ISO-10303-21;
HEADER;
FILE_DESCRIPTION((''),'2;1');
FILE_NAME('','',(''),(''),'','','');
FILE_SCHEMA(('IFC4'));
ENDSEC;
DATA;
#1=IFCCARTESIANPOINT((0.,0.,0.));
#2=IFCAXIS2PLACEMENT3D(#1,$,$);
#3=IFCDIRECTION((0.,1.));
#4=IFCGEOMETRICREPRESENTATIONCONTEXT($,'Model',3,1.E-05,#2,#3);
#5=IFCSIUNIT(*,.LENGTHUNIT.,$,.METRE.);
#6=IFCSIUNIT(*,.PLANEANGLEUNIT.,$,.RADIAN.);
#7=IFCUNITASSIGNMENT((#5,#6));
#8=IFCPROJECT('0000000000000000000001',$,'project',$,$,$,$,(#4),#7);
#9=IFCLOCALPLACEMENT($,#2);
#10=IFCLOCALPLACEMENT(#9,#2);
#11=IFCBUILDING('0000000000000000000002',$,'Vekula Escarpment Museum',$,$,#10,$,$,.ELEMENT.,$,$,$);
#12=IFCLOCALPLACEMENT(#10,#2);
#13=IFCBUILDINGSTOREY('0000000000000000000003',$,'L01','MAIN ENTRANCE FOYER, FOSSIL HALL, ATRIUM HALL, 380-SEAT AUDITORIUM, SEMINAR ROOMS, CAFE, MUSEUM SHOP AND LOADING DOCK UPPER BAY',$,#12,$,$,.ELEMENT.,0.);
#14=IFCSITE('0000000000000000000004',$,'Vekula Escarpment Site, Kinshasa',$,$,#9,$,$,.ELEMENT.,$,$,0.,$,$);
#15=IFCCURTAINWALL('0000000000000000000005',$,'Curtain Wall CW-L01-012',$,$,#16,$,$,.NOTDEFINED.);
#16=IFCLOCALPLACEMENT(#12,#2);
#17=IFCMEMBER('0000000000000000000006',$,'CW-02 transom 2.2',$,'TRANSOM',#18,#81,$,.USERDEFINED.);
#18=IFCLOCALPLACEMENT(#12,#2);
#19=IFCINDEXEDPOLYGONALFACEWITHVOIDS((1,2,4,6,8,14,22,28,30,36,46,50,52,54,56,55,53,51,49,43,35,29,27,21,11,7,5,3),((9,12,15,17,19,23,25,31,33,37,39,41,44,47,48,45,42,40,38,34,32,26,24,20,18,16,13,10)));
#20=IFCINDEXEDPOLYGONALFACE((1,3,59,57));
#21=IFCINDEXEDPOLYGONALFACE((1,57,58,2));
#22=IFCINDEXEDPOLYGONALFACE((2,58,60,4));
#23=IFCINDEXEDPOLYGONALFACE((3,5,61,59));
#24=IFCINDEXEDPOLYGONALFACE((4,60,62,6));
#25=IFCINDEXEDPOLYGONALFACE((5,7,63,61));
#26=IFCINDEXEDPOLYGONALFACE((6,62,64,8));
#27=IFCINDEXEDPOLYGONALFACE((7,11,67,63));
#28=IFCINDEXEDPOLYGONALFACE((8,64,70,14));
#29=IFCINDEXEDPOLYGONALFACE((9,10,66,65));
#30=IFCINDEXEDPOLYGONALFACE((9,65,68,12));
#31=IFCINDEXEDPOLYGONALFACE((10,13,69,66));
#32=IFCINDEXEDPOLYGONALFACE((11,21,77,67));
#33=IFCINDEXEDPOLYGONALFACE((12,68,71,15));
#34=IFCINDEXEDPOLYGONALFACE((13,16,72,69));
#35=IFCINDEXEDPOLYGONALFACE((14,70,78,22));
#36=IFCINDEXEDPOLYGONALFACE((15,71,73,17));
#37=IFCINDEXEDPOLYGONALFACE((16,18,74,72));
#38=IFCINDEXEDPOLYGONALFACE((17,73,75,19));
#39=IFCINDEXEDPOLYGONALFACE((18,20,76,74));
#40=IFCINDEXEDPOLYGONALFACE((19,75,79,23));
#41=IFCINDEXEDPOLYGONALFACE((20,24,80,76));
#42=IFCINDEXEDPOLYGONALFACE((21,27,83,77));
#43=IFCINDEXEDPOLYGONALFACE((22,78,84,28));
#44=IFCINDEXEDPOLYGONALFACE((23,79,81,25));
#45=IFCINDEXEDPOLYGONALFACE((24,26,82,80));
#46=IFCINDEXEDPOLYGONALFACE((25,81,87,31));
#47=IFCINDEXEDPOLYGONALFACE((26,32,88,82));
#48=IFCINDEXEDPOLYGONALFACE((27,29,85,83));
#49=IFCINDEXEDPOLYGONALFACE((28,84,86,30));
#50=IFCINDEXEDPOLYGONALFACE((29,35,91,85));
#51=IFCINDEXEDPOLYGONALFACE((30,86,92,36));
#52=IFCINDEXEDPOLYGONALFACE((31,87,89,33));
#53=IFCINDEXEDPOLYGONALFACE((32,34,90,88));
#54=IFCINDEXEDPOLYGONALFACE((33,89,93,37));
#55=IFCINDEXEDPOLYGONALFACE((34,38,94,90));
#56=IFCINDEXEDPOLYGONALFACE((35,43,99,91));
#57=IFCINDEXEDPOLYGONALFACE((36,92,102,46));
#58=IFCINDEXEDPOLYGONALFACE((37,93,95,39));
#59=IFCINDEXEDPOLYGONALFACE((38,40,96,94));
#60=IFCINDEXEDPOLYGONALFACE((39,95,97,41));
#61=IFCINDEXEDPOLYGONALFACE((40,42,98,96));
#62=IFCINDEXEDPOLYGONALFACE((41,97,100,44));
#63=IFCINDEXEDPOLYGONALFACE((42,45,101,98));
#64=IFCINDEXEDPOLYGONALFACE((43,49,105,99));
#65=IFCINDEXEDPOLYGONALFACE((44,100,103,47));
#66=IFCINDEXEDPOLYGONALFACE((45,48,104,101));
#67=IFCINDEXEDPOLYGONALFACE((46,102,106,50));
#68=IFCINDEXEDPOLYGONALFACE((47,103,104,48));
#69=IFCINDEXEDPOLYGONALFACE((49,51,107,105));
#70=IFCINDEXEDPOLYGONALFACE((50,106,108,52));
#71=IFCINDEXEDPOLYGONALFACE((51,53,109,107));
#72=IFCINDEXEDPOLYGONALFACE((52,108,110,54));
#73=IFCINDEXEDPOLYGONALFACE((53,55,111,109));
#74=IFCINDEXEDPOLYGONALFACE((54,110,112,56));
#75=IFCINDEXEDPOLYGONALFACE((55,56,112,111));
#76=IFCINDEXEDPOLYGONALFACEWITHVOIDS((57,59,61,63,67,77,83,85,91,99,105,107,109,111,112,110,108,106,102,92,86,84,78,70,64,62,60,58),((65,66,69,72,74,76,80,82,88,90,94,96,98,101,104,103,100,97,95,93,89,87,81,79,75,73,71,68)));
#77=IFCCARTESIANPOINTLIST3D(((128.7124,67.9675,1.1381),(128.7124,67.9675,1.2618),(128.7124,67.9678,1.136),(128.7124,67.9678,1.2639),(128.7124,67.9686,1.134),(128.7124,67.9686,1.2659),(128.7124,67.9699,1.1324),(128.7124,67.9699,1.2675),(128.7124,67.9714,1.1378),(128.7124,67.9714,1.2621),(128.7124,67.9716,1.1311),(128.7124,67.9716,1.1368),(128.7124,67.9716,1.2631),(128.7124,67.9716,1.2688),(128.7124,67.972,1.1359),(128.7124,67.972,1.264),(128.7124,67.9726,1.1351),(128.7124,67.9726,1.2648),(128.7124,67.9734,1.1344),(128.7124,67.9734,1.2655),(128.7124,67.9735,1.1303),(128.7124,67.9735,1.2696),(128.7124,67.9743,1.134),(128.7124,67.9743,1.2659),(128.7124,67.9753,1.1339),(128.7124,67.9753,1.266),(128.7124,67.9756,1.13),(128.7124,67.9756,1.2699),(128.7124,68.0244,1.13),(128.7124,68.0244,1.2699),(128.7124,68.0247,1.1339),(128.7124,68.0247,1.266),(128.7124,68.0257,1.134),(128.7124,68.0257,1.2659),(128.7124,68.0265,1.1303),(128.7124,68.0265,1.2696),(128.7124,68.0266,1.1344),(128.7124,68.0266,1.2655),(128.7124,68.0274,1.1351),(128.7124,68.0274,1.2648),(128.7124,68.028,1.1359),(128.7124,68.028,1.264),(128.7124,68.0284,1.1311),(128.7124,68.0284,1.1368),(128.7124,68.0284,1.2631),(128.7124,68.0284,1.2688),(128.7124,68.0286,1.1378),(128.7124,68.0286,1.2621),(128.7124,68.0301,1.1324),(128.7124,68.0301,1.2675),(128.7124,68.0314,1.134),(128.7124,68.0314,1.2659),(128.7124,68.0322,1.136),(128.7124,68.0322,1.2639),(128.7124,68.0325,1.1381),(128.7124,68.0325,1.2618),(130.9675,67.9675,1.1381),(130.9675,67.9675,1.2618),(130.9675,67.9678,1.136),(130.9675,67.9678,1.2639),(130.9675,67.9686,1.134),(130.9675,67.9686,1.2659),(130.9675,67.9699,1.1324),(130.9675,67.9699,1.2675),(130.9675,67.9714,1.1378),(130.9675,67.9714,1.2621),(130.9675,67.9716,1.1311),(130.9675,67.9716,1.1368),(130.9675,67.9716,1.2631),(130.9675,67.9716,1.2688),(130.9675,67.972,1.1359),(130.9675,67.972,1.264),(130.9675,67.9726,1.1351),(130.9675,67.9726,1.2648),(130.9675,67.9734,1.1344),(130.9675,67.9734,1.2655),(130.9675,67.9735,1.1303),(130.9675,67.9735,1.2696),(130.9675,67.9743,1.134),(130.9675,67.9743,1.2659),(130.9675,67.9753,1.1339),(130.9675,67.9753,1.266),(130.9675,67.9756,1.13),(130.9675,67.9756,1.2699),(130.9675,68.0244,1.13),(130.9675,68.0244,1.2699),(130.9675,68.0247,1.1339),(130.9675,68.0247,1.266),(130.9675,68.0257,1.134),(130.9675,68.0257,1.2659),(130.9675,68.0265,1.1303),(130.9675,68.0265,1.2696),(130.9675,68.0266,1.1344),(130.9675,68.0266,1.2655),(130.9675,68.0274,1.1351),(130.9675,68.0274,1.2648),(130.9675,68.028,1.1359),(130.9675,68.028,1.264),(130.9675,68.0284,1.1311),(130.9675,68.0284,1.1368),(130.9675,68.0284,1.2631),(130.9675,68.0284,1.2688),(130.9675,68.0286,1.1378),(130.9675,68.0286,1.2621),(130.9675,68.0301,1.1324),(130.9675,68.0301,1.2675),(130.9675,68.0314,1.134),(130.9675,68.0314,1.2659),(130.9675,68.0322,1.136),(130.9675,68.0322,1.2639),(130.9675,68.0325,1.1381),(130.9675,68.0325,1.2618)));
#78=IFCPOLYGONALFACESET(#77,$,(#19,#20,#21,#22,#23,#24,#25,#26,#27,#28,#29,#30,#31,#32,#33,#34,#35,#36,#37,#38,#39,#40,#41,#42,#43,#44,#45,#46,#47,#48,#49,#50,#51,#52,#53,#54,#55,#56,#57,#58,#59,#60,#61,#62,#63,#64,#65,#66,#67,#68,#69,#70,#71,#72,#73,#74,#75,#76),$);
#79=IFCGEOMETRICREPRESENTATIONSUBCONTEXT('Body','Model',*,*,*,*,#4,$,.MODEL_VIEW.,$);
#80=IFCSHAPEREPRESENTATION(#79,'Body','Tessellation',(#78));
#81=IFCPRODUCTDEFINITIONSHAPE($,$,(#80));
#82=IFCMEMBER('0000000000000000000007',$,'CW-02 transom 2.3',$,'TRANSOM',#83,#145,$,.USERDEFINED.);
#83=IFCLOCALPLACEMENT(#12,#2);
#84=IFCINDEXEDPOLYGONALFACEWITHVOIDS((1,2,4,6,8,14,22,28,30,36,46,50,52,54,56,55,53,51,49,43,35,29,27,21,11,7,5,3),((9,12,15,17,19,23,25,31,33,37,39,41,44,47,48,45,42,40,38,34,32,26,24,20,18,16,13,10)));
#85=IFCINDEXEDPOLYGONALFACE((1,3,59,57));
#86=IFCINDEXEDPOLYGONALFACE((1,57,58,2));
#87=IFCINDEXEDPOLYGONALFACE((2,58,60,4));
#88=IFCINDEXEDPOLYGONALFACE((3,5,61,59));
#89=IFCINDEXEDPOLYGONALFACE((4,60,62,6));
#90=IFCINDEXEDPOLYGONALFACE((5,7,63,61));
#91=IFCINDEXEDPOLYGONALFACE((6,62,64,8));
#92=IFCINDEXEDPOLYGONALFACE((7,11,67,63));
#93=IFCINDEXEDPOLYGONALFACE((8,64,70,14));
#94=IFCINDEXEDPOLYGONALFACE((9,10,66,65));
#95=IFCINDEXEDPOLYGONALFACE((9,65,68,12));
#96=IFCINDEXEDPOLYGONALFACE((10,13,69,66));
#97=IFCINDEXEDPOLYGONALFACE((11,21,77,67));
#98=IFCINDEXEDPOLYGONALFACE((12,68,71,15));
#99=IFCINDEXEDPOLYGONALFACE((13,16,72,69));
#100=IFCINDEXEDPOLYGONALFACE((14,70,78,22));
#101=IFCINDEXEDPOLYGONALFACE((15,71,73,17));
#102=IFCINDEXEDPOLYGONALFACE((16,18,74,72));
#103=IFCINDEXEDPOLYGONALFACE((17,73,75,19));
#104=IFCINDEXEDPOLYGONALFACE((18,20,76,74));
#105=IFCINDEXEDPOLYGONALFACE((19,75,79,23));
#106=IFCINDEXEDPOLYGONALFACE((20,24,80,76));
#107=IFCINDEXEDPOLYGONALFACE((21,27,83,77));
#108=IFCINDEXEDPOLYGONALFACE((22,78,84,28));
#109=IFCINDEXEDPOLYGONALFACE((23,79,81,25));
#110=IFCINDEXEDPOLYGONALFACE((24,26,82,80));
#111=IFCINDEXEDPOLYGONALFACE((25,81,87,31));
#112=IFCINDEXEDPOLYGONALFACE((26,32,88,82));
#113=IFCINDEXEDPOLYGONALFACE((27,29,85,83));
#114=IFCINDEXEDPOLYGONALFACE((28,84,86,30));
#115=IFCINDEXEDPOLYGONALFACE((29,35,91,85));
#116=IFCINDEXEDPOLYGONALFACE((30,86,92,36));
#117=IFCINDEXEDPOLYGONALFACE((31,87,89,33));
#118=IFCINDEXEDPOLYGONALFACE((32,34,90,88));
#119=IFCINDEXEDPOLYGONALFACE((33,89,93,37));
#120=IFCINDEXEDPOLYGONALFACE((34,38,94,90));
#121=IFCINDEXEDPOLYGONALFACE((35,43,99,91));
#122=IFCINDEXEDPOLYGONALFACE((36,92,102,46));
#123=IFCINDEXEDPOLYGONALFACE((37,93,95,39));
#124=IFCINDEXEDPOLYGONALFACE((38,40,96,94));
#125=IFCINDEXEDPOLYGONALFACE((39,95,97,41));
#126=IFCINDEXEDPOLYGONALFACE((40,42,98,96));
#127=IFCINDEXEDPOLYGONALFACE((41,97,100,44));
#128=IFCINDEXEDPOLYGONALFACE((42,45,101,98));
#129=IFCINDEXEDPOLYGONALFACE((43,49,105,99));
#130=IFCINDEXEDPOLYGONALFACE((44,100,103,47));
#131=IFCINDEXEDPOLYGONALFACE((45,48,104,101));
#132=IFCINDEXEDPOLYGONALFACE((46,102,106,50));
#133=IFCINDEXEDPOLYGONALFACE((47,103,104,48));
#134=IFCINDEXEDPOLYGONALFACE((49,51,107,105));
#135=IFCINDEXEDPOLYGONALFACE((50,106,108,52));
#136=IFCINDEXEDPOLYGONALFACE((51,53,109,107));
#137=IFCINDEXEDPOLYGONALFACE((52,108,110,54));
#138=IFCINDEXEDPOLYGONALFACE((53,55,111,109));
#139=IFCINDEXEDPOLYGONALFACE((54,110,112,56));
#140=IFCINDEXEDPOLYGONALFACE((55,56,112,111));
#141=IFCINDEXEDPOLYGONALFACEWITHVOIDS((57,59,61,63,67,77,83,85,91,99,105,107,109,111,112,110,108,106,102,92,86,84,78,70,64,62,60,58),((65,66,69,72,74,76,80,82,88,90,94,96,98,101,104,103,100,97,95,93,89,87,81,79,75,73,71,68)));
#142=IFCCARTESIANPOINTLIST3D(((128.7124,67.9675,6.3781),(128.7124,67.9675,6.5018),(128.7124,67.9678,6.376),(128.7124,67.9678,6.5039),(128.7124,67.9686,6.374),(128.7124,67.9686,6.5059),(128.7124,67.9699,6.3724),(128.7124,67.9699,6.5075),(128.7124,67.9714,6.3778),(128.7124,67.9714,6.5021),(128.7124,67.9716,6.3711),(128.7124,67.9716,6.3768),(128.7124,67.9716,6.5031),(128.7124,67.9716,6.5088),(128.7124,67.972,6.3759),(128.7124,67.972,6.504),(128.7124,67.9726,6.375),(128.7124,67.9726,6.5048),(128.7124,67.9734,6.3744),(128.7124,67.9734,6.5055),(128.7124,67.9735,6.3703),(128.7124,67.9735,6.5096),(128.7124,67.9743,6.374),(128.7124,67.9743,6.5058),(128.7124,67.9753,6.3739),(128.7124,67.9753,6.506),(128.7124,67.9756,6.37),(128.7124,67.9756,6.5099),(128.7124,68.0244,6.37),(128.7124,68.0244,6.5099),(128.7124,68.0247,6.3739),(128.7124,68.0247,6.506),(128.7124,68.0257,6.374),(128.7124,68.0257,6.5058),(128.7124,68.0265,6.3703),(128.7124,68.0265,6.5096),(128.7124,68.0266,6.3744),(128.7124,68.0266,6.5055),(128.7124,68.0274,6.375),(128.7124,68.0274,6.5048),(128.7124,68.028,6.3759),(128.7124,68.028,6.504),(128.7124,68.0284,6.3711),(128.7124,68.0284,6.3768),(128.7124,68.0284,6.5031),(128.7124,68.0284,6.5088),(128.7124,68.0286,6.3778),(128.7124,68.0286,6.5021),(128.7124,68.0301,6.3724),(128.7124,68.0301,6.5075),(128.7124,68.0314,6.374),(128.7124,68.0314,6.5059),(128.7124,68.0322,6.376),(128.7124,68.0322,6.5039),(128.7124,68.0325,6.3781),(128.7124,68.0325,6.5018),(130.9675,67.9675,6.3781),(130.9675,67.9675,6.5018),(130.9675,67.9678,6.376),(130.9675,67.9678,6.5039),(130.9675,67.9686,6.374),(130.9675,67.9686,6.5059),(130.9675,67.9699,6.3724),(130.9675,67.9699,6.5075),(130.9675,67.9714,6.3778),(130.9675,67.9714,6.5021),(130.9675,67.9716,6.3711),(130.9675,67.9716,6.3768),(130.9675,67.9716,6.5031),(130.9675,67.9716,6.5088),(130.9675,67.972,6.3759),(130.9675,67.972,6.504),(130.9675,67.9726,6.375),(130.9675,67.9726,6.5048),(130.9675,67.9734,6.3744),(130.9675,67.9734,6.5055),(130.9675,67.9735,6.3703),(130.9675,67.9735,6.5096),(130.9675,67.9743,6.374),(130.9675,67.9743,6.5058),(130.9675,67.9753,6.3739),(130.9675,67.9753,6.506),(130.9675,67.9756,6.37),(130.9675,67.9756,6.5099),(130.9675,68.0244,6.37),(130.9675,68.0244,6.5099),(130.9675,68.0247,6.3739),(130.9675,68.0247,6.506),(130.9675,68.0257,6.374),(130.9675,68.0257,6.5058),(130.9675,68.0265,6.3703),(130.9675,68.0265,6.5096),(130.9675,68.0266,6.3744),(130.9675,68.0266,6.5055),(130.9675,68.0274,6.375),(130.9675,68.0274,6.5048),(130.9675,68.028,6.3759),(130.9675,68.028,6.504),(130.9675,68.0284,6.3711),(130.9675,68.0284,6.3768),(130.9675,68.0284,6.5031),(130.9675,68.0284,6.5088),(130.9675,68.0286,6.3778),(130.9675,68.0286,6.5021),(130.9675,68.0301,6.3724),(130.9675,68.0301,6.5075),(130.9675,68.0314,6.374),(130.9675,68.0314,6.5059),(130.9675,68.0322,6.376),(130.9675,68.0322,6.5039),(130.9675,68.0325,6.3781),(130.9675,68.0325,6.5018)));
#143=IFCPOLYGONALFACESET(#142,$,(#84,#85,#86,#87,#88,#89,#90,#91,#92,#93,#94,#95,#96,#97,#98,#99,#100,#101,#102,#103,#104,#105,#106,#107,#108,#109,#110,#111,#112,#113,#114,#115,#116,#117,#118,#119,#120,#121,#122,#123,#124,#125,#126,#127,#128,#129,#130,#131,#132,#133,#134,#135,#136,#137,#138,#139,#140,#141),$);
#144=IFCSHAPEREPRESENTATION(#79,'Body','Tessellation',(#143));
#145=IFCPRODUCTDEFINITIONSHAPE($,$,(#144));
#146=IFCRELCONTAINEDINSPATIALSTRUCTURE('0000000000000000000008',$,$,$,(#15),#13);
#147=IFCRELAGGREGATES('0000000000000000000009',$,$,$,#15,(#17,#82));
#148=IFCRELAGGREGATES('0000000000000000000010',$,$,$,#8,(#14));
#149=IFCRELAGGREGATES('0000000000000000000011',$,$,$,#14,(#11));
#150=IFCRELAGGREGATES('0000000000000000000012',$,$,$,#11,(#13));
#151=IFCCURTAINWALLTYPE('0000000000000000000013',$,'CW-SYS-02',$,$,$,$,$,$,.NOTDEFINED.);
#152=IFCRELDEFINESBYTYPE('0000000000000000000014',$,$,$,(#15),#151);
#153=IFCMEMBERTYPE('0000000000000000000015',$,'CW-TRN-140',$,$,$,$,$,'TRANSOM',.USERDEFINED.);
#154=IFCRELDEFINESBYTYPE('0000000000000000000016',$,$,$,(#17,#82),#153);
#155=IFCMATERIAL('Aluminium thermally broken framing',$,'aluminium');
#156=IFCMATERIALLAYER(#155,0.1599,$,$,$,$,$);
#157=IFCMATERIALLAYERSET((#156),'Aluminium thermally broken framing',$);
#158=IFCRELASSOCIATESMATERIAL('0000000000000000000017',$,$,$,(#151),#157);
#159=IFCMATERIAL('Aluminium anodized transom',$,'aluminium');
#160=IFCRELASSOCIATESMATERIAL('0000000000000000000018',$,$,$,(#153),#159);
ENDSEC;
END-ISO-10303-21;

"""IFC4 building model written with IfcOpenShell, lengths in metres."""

from ifc_helpers import new_model, si_unit, direction, frame, origin, origin_2d, place, context, subcontext, project, spatial, hollow_rectangle, extrude, material, layer, layer_set, material_profile, profile_set, type_object, element, aggregate, save


model = new_model("IFC4")

# Units and contexts
model_context = context("Model", 3, precision=1e-05, world=origin(), true_north=direction((0.0, 1.0)))
body_context = subcontext(model_context, "Body", "Model", "MODEL_VIEW")
ifc_project = project(units=[si_unit("LENGTHUNIT", "METRE"), si_unit("PLANEANGLEUNIT", "RADIAN")], contexts=[model_context])

# Site, building, storey
site_placement = place(None, origin())
site = spatial("IfcSite", under=ifc_project, at=site_placement, Name="Vekula Escarpment Site, Kinshasa", CompositionType="ELEMENT", RefElevation=0.0)
building_placement = place(site_placement, origin())
building = spatial("IfcBuilding", under=site, at=building_placement, Name="Vekula Escarpment Museum", CompositionType="ELEMENT")
storey_placement = place(building_placement, origin())
storey = spatial("IfcBuildingStorey", under=building, at=storey_placement, Name="L01", Description="MAIN ENTRANCE FOYER, FOSSIL HALL, ATRIUM HALL, 380-SEAT AUDITORIUM, SEMINAR ROOMS, CAFE, MUSEUM SHOP AND LOADING DOCK UPPER BAY", CompositionType="ELEMENT", Elevation=0.0)

# Curtain wall, members
ifc_material_1 = material(Name="Aluminium thermally broken framing", Category="aluminium")
ifc_layer_1 = layer(ifc_material_1, 0.1599)
ifc_layer_set_1 = layer_set([ifc_layer_1], Name="Aluminium thermally broken framing")
curtain_wall_type = type_object("IfcCurtainWallType", Name="CW-SYS-02", PredefinedType="NOTDEFINED", material=ifc_layer_set_1)
curtain_wall_placement = place(storey_placement, origin())
curtain_wall = element("IfcCurtainWall", 1, at=curtain_wall_placement, inside=storey, type_object=curtain_wall_type, Name="Curtain Wall CW-L01-012", PredefinedType="NOTDEFINED")
ifc_material_2 = material(Name="Aluminium anodized transom", Category="aluminium")
ifc_material_profile_1 = material_profile(ifc_material_2, hollow_rectangle(XDim=0.0649, YDim=0.1399, WallThickness=0.0039, InnerFilletRadius=0.0039, OuterFilletRadius=0.0081, at=origin_2d()), Name="ALU 140x65x4")
ifc_profile_set_1 = profile_set([ifc_material_profile_1], Name="Aluminium anodized transom")
member_type_1 = type_object("IfcMemberType", Name="CW-TRN-140", ElementType="TRANSOM", PredefinedType="USERDEFINED", material=ifc_profile_set_1)
member_1_placement = place(storey_placement, frame((128.7124, 68.0, 1.2), z_axis=(1.0, 0.0, 0.0), x_axis=(0.0, 1.0, 0.0)))
member_1 = element("IfcMember", 2, at=member_1_placement, type_object=member_type_1, Name="CW-02 transom 2.2", ObjectType="TRANSOM", PredefinedType="USERDEFINED", context=body_context, shape_type="SweptSolid", body=[
    extrude(hollow_rectangle(XDim=0.0649, YDim=0.1399, WallThickness=0.0039, InnerFilletRadius=0.0039, OuterFilletRadius=0.0081, at=origin_2d()), origin(), (0.0, 0.0, 1.0), 2.2551),
])
member_2_placement = place(storey_placement, frame((128.7124, 68.0, 6.4399), z_axis=(1.0, 0.0, 0.0), x_axis=(0.0, 1.0, 0.0)))
member_2 = element("IfcMember", 3, at=member_2_placement, type_object=member_type_1, Name="CW-02 transom 2.3", ObjectType="TRANSOM", PredefinedType="USERDEFINED", context=body_context, shape_type="SweptSolid", body=[
    extrude(hollow_rectangle(XDim=0.0649, YDim=0.1399, WallThickness=0.0039, InnerFilletRadius=0.0039, OuterFilletRadius=0.0081, at=origin_2d()), origin(), (0.0, 0.0, 1.0), 2.2551),
])

aggregate(curtain_wall, [member_1, member_2])

save(model, "model.ifc")
